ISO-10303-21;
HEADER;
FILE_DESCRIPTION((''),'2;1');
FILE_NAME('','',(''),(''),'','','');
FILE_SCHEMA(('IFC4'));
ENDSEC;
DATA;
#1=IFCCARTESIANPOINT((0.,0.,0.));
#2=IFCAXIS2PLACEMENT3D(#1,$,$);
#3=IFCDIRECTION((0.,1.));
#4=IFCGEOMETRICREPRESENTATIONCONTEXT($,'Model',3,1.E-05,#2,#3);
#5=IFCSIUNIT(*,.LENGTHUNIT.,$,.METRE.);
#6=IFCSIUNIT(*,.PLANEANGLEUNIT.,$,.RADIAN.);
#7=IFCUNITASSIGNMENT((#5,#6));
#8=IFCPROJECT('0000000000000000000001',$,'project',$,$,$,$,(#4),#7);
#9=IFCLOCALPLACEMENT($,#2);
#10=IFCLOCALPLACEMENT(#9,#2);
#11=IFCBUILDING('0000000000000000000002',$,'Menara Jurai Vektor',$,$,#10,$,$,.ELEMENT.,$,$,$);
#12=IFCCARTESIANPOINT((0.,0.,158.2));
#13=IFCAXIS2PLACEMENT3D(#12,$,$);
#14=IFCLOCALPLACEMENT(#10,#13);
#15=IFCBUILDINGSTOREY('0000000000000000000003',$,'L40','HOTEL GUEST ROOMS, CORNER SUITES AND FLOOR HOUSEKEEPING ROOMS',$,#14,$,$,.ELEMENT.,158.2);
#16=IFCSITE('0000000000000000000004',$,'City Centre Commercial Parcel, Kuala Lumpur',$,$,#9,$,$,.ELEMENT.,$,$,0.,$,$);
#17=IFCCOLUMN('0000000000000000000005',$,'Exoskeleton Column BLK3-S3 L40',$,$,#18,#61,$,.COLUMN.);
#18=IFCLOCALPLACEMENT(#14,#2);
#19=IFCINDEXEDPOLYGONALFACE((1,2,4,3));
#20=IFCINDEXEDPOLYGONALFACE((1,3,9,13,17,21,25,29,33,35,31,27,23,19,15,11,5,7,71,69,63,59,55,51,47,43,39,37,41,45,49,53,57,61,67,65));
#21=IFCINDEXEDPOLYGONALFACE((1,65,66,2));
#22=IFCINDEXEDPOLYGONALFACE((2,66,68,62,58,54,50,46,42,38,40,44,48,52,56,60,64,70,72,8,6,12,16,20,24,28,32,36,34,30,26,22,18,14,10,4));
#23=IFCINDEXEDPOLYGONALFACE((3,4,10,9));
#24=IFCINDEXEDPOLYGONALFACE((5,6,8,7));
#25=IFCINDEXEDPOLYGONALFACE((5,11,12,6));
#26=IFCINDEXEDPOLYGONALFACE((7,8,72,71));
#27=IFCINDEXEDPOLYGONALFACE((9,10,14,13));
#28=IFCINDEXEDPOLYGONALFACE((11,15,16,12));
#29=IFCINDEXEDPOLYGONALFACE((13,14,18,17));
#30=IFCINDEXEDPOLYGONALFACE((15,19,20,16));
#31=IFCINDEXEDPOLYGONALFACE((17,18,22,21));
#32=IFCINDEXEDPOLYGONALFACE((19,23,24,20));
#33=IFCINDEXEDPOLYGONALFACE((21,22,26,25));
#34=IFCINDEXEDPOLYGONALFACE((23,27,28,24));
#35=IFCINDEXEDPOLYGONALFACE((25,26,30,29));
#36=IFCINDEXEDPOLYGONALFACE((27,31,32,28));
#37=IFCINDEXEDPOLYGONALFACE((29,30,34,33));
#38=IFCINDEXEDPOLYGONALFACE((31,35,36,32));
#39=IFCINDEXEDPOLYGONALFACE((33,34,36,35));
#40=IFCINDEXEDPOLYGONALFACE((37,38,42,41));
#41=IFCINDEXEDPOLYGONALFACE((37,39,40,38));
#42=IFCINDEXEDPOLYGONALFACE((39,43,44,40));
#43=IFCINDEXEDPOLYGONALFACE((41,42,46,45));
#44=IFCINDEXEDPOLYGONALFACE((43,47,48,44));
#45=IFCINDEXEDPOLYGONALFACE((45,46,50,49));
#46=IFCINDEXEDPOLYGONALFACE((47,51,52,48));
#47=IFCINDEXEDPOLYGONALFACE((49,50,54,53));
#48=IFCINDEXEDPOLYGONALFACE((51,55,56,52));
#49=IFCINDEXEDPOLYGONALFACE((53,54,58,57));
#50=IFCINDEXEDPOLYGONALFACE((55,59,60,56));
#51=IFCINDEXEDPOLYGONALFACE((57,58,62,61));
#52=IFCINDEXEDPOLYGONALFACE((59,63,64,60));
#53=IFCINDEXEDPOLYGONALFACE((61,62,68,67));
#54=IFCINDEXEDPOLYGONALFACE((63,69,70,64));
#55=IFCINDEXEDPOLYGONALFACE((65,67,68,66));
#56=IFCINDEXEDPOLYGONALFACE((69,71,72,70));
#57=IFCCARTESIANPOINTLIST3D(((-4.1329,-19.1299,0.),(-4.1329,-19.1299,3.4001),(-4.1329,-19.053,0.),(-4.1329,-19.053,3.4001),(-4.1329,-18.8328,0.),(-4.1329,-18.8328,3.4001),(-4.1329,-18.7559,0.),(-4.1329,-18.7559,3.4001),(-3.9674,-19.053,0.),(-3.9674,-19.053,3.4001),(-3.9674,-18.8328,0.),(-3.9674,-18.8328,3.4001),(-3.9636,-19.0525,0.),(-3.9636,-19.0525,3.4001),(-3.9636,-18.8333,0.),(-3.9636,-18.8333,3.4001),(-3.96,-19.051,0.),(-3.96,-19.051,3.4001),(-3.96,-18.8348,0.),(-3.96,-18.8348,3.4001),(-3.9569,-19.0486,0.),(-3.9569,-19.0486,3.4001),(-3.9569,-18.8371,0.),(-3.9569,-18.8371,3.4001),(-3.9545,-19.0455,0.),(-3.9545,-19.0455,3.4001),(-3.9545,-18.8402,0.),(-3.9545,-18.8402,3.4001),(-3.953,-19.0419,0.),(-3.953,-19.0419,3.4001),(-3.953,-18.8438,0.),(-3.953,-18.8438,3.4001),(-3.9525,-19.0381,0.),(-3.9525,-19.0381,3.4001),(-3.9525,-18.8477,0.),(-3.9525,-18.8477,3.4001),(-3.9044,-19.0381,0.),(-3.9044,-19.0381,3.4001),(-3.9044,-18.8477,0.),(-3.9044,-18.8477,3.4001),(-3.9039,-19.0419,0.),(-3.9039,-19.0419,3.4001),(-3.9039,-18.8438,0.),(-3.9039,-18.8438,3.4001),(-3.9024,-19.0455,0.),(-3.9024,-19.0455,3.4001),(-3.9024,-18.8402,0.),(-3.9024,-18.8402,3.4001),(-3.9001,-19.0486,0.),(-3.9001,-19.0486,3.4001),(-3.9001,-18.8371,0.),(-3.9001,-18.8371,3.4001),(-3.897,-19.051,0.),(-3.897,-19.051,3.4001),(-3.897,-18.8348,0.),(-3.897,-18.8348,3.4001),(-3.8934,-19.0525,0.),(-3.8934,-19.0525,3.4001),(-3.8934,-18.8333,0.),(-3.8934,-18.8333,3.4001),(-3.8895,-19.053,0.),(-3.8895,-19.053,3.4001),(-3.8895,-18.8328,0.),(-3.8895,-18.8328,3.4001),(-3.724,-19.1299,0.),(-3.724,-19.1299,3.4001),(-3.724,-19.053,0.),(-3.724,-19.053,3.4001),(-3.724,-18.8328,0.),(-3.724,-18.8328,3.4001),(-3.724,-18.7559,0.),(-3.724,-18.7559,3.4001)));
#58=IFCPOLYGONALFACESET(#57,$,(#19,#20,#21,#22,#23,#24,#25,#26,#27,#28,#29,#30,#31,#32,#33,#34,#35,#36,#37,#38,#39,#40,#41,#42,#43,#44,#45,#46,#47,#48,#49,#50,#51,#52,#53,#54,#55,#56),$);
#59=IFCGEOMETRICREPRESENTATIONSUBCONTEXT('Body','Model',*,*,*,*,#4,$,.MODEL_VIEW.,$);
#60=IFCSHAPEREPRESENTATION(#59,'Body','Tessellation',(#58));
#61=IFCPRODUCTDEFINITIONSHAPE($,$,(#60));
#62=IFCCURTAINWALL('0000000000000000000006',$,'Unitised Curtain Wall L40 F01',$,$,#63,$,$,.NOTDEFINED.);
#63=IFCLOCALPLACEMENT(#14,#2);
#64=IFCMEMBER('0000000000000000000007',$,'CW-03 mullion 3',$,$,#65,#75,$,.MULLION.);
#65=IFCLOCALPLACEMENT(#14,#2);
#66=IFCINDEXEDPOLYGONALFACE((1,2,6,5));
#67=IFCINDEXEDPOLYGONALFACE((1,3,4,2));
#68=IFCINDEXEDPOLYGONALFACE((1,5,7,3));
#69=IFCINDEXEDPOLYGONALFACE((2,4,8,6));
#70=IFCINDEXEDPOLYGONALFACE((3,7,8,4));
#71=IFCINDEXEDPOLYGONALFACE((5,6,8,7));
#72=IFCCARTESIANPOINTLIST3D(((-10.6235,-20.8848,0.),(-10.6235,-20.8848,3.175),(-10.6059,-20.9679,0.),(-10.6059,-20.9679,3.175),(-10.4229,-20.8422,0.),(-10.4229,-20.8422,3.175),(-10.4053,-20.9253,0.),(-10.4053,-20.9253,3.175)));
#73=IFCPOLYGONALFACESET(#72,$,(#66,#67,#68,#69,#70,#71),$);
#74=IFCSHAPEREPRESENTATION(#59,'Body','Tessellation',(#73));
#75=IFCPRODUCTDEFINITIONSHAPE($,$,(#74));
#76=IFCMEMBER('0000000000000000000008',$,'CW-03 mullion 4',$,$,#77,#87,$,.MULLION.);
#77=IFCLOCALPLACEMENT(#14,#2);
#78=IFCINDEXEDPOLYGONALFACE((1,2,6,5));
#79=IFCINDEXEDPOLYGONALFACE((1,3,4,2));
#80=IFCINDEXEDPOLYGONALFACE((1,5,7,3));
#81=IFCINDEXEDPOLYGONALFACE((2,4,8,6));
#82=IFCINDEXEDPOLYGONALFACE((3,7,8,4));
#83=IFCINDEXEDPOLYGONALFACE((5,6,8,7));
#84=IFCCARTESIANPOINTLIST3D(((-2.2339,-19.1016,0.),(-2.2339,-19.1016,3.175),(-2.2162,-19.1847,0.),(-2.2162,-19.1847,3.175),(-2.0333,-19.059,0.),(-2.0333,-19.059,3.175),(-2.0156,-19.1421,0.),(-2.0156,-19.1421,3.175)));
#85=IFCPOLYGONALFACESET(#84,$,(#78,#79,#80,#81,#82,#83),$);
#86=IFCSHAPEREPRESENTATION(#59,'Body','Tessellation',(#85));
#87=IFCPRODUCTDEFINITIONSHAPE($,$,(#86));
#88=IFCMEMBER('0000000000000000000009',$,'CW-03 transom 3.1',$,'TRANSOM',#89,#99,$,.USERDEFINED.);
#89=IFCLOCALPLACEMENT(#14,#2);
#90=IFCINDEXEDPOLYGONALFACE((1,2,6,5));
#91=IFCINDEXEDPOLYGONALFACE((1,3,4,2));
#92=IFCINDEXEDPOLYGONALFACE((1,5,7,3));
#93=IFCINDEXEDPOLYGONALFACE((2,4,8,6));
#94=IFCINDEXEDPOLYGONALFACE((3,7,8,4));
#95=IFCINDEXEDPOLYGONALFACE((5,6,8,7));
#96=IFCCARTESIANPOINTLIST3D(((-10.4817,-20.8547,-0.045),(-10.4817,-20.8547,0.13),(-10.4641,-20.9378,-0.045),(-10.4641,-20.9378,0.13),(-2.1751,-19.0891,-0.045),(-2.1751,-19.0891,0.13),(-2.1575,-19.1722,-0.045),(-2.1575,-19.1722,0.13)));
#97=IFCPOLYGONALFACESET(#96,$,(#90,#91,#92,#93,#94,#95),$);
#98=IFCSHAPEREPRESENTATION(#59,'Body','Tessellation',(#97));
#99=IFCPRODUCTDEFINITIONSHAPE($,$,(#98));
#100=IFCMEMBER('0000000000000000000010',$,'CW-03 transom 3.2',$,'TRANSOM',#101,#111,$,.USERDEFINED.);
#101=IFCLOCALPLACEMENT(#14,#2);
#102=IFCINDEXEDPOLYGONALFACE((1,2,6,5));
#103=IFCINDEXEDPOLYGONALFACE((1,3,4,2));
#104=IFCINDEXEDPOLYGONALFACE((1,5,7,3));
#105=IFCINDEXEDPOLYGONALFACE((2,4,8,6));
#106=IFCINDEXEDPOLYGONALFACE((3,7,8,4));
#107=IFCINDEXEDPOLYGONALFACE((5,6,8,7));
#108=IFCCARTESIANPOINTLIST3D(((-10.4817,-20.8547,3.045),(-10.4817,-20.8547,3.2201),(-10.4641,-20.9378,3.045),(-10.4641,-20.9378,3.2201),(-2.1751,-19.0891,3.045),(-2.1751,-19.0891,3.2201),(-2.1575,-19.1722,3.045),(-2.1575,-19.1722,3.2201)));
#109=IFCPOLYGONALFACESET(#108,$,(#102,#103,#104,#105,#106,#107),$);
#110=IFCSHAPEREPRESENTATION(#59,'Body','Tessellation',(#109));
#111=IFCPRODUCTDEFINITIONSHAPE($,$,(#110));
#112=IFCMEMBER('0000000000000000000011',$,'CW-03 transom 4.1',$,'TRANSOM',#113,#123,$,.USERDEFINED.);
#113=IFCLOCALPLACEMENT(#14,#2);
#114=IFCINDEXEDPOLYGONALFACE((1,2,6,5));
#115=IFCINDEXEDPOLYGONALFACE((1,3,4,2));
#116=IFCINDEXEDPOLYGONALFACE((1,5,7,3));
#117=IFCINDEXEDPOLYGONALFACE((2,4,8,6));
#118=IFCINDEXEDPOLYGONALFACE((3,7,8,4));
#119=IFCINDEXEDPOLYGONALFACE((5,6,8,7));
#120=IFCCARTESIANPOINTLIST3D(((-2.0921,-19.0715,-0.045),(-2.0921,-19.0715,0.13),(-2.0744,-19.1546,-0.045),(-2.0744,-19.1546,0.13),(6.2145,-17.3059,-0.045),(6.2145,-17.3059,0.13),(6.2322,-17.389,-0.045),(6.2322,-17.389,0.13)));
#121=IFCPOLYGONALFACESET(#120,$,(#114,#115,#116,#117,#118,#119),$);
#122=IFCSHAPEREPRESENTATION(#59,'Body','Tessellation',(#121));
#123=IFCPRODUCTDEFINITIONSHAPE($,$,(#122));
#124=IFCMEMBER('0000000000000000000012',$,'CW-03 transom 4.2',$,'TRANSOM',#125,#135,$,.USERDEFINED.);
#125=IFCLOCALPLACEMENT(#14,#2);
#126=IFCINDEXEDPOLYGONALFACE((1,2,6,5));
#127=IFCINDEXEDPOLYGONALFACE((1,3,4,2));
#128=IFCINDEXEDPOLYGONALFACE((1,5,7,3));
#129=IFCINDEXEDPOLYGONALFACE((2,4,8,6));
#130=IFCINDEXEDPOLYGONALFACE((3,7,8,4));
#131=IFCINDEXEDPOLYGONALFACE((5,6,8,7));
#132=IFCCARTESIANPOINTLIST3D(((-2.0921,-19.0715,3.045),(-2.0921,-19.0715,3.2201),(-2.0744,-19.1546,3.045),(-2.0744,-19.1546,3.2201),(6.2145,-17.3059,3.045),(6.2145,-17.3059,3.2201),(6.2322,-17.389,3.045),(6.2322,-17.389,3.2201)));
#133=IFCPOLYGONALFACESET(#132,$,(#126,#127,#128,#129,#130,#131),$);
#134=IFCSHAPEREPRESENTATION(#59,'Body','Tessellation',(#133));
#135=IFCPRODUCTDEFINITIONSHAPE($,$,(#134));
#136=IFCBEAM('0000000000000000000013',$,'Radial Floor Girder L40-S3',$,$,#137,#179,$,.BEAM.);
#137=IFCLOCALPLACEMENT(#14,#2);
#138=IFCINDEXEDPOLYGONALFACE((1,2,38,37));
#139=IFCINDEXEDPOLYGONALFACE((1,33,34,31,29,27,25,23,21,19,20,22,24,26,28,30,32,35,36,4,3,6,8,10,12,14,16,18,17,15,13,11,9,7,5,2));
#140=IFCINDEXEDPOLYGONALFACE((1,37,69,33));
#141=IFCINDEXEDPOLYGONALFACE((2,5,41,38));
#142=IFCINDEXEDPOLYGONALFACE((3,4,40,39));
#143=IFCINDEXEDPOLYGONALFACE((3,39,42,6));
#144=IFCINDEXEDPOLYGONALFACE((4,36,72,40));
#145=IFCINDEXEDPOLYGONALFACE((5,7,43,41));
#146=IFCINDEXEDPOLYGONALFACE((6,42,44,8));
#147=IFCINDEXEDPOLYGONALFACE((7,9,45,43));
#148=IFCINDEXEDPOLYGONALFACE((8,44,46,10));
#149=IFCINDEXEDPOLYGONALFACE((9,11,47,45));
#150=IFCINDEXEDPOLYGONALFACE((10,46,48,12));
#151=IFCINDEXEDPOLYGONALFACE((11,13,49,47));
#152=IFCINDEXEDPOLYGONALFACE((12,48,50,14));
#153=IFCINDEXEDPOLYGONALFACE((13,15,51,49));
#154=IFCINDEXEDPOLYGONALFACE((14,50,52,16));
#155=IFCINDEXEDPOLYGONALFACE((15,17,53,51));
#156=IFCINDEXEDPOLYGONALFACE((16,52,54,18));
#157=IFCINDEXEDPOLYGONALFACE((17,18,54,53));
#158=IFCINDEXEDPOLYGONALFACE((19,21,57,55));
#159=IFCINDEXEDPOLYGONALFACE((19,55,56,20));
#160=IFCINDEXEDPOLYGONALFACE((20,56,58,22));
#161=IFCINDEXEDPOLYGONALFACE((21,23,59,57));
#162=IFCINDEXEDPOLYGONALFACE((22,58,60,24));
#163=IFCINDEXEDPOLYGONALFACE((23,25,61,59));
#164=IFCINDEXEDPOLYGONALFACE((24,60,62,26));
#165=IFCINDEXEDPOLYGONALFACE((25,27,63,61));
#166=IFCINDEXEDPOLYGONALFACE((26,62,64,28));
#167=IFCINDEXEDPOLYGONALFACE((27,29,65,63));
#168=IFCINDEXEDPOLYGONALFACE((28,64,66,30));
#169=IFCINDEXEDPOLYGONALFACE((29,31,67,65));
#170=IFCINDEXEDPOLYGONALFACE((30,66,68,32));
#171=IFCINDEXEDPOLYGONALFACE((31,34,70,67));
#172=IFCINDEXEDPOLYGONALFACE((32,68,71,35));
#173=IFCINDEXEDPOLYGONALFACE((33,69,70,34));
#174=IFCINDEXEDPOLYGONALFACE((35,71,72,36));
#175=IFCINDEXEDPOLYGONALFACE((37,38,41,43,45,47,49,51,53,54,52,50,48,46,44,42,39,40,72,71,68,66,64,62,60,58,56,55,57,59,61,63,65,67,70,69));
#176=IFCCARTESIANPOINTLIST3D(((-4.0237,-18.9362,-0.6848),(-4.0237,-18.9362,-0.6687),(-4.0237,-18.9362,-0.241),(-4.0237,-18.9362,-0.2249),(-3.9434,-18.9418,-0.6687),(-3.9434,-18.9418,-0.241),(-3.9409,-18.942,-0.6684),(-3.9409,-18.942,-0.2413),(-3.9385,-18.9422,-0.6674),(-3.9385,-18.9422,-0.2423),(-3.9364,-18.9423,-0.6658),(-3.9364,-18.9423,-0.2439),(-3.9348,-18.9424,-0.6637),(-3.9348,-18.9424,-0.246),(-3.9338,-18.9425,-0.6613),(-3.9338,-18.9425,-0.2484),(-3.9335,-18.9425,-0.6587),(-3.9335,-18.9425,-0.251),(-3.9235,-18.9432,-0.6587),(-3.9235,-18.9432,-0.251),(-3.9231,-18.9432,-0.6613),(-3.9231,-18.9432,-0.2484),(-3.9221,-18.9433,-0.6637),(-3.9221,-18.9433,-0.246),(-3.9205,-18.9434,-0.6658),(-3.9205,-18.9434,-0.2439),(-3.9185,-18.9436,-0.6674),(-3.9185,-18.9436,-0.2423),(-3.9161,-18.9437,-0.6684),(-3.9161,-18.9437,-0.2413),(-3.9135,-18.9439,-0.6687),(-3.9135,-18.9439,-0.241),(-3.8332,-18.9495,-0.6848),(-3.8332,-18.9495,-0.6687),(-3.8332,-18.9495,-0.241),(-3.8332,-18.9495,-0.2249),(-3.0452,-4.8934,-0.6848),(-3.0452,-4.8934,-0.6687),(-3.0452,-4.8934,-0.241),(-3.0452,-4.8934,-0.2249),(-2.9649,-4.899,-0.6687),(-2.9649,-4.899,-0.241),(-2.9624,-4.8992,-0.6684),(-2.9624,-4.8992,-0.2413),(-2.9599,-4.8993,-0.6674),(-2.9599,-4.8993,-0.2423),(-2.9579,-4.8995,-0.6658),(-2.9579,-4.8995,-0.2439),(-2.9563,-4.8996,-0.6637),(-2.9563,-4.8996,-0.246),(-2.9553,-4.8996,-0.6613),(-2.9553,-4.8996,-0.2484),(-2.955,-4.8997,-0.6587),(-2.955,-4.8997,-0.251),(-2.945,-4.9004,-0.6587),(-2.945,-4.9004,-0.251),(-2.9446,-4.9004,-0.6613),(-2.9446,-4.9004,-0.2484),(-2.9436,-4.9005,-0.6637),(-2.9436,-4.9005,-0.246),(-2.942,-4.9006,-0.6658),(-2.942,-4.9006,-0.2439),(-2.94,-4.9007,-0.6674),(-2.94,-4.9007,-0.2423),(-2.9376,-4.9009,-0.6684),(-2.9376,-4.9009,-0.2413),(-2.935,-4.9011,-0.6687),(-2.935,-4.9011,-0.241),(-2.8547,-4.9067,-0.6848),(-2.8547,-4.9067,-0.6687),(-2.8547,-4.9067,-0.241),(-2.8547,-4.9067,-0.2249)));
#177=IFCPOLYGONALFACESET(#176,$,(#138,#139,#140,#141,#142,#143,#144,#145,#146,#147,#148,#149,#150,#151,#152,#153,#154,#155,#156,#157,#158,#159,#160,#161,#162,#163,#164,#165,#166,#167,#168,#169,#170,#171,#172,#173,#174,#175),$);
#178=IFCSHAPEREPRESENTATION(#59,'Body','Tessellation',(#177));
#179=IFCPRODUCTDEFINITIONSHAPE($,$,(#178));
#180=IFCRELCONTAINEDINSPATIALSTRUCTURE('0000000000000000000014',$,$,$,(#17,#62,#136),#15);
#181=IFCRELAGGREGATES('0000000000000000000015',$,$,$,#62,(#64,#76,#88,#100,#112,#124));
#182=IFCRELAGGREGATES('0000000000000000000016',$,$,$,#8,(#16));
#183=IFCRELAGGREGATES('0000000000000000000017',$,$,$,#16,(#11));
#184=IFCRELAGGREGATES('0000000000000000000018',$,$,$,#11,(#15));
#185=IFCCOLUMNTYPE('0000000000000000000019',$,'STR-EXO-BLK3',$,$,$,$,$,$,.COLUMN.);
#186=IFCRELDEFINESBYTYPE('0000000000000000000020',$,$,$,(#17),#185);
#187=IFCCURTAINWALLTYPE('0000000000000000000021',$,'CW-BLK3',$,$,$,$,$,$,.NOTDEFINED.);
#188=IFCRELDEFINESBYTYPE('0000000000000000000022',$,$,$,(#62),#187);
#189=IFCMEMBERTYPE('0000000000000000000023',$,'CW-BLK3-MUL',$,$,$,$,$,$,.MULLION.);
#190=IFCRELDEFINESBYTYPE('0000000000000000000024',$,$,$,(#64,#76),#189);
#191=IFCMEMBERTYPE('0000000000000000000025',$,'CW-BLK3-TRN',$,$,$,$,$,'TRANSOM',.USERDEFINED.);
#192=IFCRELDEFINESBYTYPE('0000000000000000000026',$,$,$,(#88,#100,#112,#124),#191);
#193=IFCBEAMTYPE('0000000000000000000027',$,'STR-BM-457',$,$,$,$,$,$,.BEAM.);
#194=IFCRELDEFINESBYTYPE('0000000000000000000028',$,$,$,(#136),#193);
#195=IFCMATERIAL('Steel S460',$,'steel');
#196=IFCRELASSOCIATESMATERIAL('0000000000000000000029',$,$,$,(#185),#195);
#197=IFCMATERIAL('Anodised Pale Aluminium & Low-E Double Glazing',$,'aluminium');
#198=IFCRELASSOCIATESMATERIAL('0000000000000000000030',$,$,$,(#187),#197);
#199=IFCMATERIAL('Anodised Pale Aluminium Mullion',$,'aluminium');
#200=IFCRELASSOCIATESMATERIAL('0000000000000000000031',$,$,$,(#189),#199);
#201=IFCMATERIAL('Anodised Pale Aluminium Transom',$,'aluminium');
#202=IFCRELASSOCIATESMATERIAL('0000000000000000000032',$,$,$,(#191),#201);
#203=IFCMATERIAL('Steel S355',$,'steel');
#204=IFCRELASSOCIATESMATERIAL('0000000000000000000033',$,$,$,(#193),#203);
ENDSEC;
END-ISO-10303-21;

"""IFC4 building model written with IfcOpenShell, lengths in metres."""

from ifc_helpers import new_model, si_unit, direction, frame, origin, origin_2d, place, context, subcontext, project, spatial, rectangle, i_section, extrude, material, material_profile, profile_set, type_object, element, aggregate, save


model = new_model("IFC4")

# Units and contexts
model_context = context("Model", 3, precision=1e-05, world=origin(), true_north=direction((0.0, 1.0)))
body_context = subcontext(model_context, "Body", "Model", "MODEL_VIEW")
ifc_project = project(units=[si_unit("LENGTHUNIT", "METRE"), si_unit("PLANEANGLEUNIT", "RADIAN")], contexts=[model_context])

# Site, building, storey
site_placement = place(None, origin())
site = spatial("IfcSite", under=ifc_project, at=site_placement, Name="City Centre Commercial Parcel, Kuala Lumpur", CompositionType="ELEMENT", RefElevation=0.0)
building_placement = place(site_placement, origin())
building = spatial("IfcBuilding", under=site, at=building_placement, Name="Menara Jurai Vektor", CompositionType="ELEMENT")
storey_placement = place(building_placement, frame((0.0, 0.0, 158.2)))
storey = spatial("IfcBuildingStorey", under=building, at=storey_placement, Name="L40", Description="HOTEL GUEST ROOMS, CORNER SUITES AND FLOOR HOUSEKEEPING ROOMS", CompositionType="ELEMENT", Elevation=158.2)

# Column
ifc_material_1 = material(Name="Steel S460", Category="steel")
ifc_material_profile_1 = material_profile(ifc_material_1, i_section(OverallWidth=0.4089, OverallDepth=0.374, WebThickness=0.0481, FlangeThickness=0.0769, FilletRadius=0.0149, at=origin_2d()), Name="HD 400x634")
ifc_profile_set_1 = profile_set([ifc_material_profile_1], Name="Steel S460")
column_type = type_object("IfcColumnType", Name="STR-EXO-BLK3", PredefinedType="COLUMN", material=ifc_profile_set_1)
column_placement = place(storey_placement, frame((-3.9285, -18.9429, 0.0), z_axis=(0.0, 0.0, 1.0), x_axis=(1.0, 0.0, 0.0)))
element("IfcColumn", 1, at=column_placement, inside=storey, type_object=column_type, Name="Exoskeleton Column BLK3-S3 L40", PredefinedType="COLUMN", context=body_context, shape_type="SweptSolid", body=[
    extrude(i_section(OverallWidth=0.4089, OverallDepth=0.374, WebThickness=0.0481, FlangeThickness=0.0769, FilletRadius=0.0149, at=origin_2d()), origin(), (0.0, 0.0, 1.0), 3.4001),
])

# Curtain wall, members
ifc_material_2 = material(Name="Anodised Pale Aluminium & Low-E Double Glazing", Category="aluminium")
curtain_wall_type = type_object("IfcCurtainWallType", Name="CW-BLK3", PredefinedType="NOTDEFINED", material=ifc_material_2)
curtain_wall_placement = place(storey_placement, origin())
curtain_wall = element("IfcCurtainWall", 2, at=curtain_wall_placement, inside=storey, type_object=curtain_wall_type, Name="Unitised Curtain Wall L40 F01", PredefinedType="NOTDEFINED")
ifc_material_3 = material(Name="Anodised Pale Aluminium Mullion", Category="aluminium")
ifc_material_profile_2 = material_profile(ifc_material_3, rectangle(XDim=0.085, YDim=0.2051, at=origin_2d()), Name="ALU MUL 85x205")
ifc_profile_set_2 = profile_set([ifc_material_profile_2], Name="Anodised Pale Aluminium Mullion")
member_type_1 = type_object("IfcMemberType", Name="CW-BLK3-MUL", PredefinedType="MULLION", material=ifc_profile_set_2)
member_1_placement = place(storey_placement, frame((-10.5144, -20.905, 0.0), z_axis=(0.0, 0.0, 1.0), x_axis=(-0.207911, 0.978148, 0.0)))
member_1 = element("IfcMember", 3, at=member_1_placement, type_object=member_type_1, Name="CW-03 mullion 3", PredefinedType="MULLION", context=body_context, shape_type="SweptSolid", body=[
    extrude(rectangle(XDim=0.085, YDim=0.2051, at=origin_2d()), origin(), (0.0, 0.0, 1.0), 3.175),
])
member_2_placement = place(storey_placement, frame((-2.1248, -19.1218, 0.0), z_axis=(0.0, 0.0, 1.0), x_axis=(-0.207911, 0.978148, 0.0)))
member_2 = element("IfcMember", 4, at=member_2_placement, type_object=member_type_1, Name="CW-03 mullion 4", PredefinedType="MULLION", context=body_context, shape_type="SweptSolid", body=[
    extrude(rectangle(XDim=0.085, YDim=0.2051, at=origin_2d()), origin(), (0.0, 0.0, 1.0), 3.175),
])
ifc_material_4 = material(Name="Anodised Pale Aluminium Transom", Category="aluminium")
ifc_material_profile_3 = material_profile(ifc_material_4, rectangle(XDim=0.085, YDim=0.175, at=origin_2d()), Name="ALU TRN 85x175")
ifc_profile_set_3 = profile_set([ifc_material_profile_3], Name="Anodised Pale Aluminium Transom")
member_type_2 = type_object("IfcMemberType", Name="CW-BLK3-TRN", ElementType="TRANSOM", PredefinedType="USERDEFINED", material=ifc_profile_set_3)
member_3_placement = place(storey_placement, frame((-10.4729, -20.8962, 0.0425), z_axis=(0.978148, 0.207911, 0.0), x_axis=(-0.207911, 0.978148, 0.0)))
member_3 = element("IfcMember", 5, at=member_3_placement, type_object=member_type_2, Name="CW-03 transom 3.1", ObjectType="TRANSOM", PredefinedType="USERDEFINED", context=body_context, shape_type="SweptSolid", body=[
    extrude(rectangle(XDim=0.085, YDim=0.175, at=origin_2d()), origin(), (0.0, 0.0, 1.0), 8.4922),
])
member_4_placement = place(storey_placement, frame((-10.4729, -20.8962, 3.1326), z_axis=(0.978148, 0.207911, 0.0), x_axis=(-0.207911, 0.978148, 0.0)))
member_4 = element("IfcMember", 6, at=member_4_placement, type_object=member_type_2, Name="CW-03 transom 3.2", ObjectType="TRANSOM", PredefinedType="USERDEFINED", context=body_context, shape_type="SweptSolid", body=[
    extrude(rectangle(XDim=0.085, YDim=0.175, at=origin_2d()), origin(), (0.0, 0.0, 1.0), 8.4922),
])
member_5_placement = place(storey_placement, frame((-2.0833, -19.113, 0.0425), z_axis=(0.978148, 0.207911, 0.0), x_axis=(-0.207911, 0.978148, 0.0)))
member_5 = element("IfcMember", 7, at=member_5_placement, type_object=member_type_2, Name="CW-03 transom 4.1", ObjectType="TRANSOM", PredefinedType="USERDEFINED", context=body_context, shape_type="SweptSolid", body=[
    extrude(rectangle(XDim=0.085, YDim=0.175, at=origin_2d()), origin(), (0.0, 0.0, 1.0), 8.4922),
])
member_6_placement = place(storey_placement, frame((-2.0833, -19.113, 3.1326), z_axis=(0.978148, 0.207911, 0.0), x_axis=(-0.207911, 0.978148, 0.0)))
member_6 = element("IfcMember", 8, at=member_6_placement, type_object=member_type_2, Name="CW-03 transom 4.2", ObjectType="TRANSOM", PredefinedType="USERDEFINED", context=body_context, shape_type="SweptSolid", body=[
    extrude(rectangle(XDim=0.085, YDim=0.175, at=origin_2d()), origin(), (0.0, 0.0, 1.0), 8.4922),
])

# Beam
ifc_material_5 = material(Name="Steel S355", Category="steel")
ifc_material_profile_4 = material_profile(ifc_material_5, i_section(OverallWidth=0.1909, OverallDepth=0.46, WebThickness=0.01, FlangeThickness=0.0161, FilletRadius=0.01, at=origin_2d()), Name="UKB 457x191x82")
ifc_profile_set_4 = profile_set([ifc_material_profile_4], Name="Steel S355")
beam_type_1 = type_object("IfcBeamType", Name="STR-BM-457", PredefinedType="BEAM", material=ifc_profile_set_4)
beam_1_placement = place(storey_placement, frame((-3.9285, -18.9429, -0.4548), z_axis=(0.069512, 0.997581, 0.0), x_axis=(-0.997581, 0.069512, 0.0)))
element("IfcBeam", 9, at=beam_1_placement, inside=storey, type_object=beam_type_1, Name="Radial Floor Girder L40-S3", PredefinedType="BEAM", context=body_context, shape_type="SweptSolid", body=[
    extrude(i_section(OverallWidth=0.1909, OverallDepth=0.46, WebThickness=0.01, FlangeThickness=0.0161, FilletRadius=0.01, at=origin_2d()), origin(), (0.0, 0.0, 1.0), 14.0769),
])

aggregate(curtain_wall, [member_1, member_2, member_3, member_4, member_5, member_6])

save(model, "model.ifc")
